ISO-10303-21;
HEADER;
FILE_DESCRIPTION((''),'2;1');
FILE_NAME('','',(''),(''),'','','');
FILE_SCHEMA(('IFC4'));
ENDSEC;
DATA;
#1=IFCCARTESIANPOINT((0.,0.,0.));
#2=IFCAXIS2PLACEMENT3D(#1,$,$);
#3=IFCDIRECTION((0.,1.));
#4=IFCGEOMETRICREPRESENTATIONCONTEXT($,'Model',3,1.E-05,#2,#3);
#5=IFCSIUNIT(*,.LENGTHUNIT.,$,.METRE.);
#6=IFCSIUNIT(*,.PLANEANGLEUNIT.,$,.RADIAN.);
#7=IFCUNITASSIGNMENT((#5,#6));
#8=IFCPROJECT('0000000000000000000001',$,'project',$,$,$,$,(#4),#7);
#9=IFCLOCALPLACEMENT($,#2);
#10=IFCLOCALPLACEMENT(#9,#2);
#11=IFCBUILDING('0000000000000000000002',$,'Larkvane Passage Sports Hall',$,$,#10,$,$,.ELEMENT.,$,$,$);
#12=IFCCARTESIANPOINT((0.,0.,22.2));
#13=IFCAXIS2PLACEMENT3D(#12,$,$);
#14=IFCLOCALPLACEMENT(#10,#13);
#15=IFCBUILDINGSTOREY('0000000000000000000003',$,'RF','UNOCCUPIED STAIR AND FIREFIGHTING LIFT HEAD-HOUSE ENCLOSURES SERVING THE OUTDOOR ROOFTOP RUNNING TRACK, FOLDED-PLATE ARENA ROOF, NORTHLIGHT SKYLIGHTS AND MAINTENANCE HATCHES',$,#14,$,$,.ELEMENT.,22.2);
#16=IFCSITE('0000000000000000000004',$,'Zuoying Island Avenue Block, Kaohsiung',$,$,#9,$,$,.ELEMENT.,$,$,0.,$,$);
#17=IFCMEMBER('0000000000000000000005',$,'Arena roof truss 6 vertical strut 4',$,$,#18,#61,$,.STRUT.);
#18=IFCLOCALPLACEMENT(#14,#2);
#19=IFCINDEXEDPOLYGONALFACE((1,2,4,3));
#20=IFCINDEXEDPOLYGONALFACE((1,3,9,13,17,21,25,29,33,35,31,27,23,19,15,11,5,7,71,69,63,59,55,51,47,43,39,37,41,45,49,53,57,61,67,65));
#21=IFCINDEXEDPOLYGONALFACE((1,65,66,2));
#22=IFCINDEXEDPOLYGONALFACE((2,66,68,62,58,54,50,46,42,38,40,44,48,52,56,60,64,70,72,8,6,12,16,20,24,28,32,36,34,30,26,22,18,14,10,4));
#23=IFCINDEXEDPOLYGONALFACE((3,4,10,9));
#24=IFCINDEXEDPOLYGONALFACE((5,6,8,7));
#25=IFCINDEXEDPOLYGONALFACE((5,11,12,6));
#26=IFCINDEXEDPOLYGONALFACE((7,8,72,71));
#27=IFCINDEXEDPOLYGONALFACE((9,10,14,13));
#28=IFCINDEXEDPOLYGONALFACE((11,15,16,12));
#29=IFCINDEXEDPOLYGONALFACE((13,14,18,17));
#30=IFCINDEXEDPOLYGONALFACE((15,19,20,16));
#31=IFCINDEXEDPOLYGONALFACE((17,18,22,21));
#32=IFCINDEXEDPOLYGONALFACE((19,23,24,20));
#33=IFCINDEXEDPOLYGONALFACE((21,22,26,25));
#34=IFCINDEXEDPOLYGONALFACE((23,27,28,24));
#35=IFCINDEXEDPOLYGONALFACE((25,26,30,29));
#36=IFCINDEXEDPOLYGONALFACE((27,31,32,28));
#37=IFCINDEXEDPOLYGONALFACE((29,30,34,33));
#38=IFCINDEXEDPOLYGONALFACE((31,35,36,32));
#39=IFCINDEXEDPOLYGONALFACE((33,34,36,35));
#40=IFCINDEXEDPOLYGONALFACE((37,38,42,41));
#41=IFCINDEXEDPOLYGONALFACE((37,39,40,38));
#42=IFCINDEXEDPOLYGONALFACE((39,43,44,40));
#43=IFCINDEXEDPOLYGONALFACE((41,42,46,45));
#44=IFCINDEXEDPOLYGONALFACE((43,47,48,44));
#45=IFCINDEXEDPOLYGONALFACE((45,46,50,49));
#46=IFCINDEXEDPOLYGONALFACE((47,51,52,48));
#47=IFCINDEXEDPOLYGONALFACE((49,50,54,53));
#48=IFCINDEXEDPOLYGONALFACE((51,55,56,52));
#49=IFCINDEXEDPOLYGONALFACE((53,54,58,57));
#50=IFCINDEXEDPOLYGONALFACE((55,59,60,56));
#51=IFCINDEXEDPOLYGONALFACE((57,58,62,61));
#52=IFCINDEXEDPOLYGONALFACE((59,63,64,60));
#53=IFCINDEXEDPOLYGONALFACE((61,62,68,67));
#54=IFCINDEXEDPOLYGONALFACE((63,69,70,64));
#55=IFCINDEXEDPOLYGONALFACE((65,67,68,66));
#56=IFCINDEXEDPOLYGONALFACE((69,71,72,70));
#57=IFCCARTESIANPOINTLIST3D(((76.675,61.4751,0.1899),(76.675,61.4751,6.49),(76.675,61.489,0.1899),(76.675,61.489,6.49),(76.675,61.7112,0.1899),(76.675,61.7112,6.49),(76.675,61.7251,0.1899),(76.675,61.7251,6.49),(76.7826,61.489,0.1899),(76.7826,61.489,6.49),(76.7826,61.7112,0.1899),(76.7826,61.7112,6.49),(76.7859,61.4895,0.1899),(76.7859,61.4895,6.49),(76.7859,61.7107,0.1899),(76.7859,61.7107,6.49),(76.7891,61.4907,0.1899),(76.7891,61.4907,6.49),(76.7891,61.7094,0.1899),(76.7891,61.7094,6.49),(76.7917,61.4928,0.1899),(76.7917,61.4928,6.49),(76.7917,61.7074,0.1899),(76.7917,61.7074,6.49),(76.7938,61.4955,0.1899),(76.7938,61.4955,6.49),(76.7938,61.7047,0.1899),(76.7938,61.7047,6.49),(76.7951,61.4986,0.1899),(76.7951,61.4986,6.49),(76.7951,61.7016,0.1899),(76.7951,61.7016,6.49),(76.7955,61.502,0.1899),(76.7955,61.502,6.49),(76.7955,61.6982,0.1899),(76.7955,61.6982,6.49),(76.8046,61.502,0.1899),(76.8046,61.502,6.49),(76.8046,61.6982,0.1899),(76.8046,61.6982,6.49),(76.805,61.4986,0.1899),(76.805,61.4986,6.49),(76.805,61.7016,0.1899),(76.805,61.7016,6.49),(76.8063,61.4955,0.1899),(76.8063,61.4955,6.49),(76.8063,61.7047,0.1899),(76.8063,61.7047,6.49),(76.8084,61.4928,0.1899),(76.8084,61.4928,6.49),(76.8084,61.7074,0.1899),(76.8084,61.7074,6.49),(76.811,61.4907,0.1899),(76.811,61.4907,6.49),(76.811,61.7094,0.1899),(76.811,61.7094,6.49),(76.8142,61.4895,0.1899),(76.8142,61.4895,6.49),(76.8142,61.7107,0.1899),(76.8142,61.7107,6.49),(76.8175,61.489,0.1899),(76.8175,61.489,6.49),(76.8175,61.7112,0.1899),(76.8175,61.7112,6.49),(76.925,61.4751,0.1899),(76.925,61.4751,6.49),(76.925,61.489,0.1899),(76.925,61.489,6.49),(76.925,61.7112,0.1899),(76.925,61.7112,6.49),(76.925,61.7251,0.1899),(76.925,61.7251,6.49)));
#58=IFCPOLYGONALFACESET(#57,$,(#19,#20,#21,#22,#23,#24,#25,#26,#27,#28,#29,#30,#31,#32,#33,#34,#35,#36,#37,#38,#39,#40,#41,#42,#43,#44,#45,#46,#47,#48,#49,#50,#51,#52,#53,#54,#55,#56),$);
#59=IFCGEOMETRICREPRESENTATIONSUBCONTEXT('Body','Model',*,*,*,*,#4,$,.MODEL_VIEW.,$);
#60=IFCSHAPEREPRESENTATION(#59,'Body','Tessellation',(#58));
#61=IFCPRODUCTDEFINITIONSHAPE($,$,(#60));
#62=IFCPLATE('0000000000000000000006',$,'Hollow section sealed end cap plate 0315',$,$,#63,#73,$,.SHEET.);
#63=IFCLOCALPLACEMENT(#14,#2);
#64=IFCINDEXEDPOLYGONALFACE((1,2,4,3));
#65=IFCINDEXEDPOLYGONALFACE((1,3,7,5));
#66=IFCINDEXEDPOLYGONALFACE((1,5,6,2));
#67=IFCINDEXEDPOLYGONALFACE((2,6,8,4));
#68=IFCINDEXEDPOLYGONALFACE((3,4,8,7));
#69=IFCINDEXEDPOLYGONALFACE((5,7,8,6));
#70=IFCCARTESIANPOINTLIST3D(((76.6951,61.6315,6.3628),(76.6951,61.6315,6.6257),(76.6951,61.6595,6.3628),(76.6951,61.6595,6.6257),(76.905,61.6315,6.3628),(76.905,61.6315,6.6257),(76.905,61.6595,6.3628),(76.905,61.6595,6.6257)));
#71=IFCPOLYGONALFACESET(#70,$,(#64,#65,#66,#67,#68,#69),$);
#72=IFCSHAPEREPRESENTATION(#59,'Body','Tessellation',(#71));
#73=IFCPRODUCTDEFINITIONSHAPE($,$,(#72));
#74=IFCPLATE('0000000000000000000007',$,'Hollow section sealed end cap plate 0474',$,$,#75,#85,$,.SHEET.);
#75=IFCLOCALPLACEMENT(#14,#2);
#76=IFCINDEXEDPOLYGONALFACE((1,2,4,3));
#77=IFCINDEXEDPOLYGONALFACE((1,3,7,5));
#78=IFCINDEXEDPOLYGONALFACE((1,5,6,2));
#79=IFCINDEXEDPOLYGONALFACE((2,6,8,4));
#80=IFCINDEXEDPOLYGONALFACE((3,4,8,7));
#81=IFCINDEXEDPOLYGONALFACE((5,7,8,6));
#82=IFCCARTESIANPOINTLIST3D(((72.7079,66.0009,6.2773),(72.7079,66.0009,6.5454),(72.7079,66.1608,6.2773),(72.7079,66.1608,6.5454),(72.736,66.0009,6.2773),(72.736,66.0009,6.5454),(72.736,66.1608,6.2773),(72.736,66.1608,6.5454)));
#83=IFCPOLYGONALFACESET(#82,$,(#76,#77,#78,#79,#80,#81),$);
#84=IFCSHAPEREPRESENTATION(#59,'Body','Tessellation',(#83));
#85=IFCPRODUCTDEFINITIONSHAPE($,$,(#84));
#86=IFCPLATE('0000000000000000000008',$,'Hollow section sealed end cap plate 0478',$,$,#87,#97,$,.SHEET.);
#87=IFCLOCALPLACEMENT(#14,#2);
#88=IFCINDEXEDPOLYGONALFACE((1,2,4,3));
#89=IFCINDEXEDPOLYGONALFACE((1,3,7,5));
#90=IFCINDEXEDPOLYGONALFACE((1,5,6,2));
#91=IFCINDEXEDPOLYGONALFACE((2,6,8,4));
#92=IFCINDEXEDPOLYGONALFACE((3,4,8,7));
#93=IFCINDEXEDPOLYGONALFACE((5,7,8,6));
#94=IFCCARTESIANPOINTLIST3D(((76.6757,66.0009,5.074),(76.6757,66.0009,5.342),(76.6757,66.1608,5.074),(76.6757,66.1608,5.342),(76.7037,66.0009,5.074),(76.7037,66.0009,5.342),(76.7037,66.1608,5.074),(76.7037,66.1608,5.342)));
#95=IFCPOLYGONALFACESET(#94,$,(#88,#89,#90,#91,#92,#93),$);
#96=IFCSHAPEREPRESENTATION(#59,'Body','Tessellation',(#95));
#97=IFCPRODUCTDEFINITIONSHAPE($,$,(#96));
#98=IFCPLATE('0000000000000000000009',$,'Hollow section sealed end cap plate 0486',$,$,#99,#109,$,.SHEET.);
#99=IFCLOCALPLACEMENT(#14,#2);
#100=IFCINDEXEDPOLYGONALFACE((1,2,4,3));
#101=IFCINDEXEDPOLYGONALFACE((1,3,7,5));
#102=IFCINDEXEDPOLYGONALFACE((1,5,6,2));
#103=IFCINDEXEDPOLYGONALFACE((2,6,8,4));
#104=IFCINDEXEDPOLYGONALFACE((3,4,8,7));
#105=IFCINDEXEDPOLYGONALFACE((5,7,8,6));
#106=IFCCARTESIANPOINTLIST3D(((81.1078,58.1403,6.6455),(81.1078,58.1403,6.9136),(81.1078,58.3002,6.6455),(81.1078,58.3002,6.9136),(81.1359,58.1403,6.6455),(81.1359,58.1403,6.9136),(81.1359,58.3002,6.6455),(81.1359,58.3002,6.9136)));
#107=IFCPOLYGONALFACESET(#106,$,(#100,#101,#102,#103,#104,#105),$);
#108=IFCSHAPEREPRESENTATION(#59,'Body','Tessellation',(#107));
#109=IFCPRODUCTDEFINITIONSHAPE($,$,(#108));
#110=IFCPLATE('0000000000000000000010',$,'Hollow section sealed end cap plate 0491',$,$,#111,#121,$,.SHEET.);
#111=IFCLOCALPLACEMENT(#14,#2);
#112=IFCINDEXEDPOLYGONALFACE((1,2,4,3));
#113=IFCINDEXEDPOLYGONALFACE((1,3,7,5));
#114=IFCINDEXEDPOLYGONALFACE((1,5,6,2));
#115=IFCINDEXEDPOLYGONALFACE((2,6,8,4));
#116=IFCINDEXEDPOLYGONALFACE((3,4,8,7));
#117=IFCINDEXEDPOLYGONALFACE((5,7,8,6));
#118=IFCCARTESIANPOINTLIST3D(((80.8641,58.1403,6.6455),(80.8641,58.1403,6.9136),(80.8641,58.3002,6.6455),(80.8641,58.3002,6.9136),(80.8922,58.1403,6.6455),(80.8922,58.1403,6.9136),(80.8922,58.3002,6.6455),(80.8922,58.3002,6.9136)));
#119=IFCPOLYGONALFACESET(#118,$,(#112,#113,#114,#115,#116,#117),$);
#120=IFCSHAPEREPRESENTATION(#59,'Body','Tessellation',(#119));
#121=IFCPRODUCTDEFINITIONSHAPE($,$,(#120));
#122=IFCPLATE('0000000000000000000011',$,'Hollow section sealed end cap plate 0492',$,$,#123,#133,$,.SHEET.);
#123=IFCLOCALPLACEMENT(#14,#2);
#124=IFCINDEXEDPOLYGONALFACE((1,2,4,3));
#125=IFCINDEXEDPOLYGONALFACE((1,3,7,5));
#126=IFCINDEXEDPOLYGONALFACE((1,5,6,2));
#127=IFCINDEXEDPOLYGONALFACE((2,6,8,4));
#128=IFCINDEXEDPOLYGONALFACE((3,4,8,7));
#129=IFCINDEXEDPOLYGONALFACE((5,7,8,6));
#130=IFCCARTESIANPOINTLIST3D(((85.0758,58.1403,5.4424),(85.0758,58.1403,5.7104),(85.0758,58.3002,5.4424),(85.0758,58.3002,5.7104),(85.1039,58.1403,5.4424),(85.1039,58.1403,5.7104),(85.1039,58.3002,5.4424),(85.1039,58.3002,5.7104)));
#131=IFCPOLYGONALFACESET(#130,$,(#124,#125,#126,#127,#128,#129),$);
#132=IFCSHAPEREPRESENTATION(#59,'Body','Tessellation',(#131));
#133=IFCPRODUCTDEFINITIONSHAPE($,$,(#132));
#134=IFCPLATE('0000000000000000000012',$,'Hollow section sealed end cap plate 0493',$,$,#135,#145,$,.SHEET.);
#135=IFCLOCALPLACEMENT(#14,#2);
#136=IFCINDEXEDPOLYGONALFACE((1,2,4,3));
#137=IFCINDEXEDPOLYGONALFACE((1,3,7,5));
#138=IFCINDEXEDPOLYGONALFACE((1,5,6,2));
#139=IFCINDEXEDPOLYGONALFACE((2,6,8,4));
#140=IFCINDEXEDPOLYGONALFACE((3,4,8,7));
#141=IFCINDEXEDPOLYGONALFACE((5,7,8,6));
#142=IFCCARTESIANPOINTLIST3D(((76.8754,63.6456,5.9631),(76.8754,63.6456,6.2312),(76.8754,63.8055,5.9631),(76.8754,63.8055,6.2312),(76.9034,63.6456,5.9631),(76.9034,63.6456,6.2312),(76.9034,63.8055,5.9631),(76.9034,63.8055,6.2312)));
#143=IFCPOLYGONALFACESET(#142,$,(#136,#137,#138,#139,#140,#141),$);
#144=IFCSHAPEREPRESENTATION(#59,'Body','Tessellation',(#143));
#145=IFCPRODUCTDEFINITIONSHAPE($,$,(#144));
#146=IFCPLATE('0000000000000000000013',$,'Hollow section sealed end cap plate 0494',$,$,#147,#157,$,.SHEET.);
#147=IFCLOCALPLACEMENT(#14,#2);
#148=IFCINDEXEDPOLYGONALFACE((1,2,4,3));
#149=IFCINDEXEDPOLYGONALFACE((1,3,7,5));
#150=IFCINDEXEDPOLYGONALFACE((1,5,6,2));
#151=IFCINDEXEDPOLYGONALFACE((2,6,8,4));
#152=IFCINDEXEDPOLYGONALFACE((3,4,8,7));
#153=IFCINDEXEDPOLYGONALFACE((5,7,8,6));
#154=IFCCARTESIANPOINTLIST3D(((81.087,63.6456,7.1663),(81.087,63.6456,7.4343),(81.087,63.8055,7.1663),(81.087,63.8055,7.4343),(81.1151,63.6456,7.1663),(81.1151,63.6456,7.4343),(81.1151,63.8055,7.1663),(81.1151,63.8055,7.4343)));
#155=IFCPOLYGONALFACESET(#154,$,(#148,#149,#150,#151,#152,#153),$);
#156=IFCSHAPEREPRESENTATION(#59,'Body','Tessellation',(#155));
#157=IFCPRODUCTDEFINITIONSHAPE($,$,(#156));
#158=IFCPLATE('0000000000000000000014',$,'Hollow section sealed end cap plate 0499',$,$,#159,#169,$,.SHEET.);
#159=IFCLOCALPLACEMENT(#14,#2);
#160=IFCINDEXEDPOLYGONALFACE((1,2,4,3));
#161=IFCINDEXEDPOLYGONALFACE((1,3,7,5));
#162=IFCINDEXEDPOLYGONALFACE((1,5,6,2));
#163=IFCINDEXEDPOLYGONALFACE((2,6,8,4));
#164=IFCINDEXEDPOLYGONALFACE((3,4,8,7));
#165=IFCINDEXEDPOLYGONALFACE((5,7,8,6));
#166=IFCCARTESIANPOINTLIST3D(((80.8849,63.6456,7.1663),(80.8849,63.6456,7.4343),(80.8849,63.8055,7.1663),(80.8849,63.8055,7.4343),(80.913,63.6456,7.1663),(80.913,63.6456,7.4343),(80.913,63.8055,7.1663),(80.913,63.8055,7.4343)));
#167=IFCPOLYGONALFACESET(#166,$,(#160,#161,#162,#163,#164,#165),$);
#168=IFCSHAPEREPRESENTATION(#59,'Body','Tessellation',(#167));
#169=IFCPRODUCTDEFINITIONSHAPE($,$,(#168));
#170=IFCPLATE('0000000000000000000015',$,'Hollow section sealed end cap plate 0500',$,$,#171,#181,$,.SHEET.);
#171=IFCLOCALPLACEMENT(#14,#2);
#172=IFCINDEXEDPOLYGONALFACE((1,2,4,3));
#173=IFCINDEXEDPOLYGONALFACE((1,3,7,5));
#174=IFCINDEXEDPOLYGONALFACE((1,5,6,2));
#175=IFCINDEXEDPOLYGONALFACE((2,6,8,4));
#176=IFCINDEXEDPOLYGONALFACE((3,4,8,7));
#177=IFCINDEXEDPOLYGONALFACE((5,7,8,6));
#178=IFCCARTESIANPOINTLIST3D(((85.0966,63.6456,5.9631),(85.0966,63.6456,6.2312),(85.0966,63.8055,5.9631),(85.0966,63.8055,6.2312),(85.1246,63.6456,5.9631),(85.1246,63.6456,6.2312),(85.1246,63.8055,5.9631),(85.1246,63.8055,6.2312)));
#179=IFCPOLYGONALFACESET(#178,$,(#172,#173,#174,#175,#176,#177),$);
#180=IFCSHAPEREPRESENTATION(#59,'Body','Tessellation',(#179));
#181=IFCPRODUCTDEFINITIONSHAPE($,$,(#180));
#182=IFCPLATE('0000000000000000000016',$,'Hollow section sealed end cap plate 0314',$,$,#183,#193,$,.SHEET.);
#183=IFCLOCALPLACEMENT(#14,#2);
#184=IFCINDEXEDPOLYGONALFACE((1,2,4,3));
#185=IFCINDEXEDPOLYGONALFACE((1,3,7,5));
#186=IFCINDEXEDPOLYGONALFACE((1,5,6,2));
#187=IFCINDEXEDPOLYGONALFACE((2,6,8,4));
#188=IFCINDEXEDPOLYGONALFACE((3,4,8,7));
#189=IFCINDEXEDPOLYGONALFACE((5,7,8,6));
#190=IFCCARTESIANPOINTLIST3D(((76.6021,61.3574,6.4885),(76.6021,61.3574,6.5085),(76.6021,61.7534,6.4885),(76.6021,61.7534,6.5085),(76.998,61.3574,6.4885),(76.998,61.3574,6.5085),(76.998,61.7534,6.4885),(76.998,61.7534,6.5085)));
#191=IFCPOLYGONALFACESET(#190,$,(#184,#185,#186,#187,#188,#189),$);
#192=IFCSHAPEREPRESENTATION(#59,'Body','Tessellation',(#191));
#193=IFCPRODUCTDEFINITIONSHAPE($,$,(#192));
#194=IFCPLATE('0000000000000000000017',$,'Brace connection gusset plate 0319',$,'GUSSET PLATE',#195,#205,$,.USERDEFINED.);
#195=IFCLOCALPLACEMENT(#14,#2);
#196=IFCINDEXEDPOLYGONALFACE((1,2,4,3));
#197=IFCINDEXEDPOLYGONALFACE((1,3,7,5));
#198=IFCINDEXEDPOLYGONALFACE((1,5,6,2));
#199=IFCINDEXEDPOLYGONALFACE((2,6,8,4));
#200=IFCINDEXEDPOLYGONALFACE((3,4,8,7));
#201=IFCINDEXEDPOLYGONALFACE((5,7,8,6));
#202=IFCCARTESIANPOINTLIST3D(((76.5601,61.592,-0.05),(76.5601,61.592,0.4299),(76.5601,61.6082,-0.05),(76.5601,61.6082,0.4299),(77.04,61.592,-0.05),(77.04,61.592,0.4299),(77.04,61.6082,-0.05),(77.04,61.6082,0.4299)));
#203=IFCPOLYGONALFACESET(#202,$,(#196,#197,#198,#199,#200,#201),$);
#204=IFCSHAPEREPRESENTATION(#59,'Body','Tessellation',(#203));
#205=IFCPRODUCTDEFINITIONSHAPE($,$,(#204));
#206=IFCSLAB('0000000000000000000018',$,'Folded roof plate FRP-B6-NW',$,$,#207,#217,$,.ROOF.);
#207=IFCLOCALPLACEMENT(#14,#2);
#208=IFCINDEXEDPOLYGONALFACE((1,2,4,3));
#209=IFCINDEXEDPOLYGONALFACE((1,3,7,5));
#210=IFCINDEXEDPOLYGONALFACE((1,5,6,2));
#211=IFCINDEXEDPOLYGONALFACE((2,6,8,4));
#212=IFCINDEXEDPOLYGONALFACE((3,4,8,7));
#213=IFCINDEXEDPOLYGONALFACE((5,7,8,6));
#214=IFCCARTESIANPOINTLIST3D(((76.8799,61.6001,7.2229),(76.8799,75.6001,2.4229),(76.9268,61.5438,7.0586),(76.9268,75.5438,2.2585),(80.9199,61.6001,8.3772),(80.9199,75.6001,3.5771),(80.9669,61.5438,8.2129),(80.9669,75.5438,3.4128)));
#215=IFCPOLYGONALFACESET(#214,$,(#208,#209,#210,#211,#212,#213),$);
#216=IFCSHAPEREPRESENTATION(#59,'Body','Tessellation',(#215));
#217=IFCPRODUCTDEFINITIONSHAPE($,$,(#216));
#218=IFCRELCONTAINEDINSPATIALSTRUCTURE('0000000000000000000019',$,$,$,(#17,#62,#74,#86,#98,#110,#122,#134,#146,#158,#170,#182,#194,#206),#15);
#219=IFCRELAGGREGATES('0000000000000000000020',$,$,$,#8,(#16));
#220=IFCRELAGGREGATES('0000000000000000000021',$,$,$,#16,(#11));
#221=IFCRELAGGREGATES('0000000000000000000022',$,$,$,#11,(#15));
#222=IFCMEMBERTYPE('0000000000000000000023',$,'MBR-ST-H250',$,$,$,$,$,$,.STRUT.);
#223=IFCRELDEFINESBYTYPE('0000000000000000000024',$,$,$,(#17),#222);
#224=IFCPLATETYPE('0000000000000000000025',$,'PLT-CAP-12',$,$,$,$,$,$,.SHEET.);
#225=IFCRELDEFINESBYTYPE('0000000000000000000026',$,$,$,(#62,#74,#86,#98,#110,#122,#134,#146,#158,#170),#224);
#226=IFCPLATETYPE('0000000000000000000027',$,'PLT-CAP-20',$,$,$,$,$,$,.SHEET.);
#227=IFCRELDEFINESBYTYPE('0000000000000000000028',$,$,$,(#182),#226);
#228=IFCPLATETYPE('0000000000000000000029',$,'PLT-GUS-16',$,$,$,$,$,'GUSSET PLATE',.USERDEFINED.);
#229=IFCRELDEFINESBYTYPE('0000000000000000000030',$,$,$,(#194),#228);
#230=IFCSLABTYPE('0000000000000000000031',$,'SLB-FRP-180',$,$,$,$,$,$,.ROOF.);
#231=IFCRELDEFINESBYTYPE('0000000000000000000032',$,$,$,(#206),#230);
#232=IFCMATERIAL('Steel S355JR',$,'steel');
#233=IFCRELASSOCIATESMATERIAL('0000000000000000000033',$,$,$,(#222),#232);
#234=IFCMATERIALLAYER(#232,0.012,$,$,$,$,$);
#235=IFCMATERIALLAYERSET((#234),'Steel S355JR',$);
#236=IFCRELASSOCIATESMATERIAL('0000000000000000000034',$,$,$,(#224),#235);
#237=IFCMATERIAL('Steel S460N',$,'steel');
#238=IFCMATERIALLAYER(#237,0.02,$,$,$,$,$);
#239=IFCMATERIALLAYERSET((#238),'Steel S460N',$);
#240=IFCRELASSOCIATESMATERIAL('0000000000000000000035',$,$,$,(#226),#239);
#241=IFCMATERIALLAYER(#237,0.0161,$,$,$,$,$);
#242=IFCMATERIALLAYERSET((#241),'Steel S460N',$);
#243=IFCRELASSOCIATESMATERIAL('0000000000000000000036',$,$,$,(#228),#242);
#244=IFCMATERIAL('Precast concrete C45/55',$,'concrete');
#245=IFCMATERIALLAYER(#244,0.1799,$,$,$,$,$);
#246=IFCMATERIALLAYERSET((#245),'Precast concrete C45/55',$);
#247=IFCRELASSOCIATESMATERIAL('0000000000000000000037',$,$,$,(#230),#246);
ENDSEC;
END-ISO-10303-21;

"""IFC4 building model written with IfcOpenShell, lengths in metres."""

from ifc_helpers import new_model, si_unit, direction, frame, origin, origin_2d, place, context, subcontext, project, spatial, polyline, rectangle, i_section, outline, extrude, material, layer, layer_set, material_profile, profile_set, type_object, element, save


model = new_model("IFC4")

# Units and contexts
model_context = context("Model", 3, precision=1e-05, world=origin(), true_north=direction((0.0, 1.0)))
body_context = subcontext(model_context, "Body", "Model", "MODEL_VIEW")
ifc_project = project(units=[si_unit("LENGTHUNIT", "METRE"), si_unit("PLANEANGLEUNIT", "RADIAN")], contexts=[model_context])

# Site, building, storey
site_placement = place(None, origin())
site = spatial("IfcSite", under=ifc_project, at=site_placement, Name="Zuoying Island Avenue Block, Kaohsiung", CompositionType="ELEMENT", RefElevation=0.0)
building_placement = place(site_placement, origin())
building = spatial("IfcBuilding", under=site, at=building_placement, Name="Larkvane Passage Sports Hall", CompositionType="ELEMENT")
storey_placement = place(building_placement, frame((0.0, 0.0, 22.2)))
storey = spatial("IfcBuildingStorey", under=building, at=storey_placement, Name="RF", Description="UNOCCUPIED STAIR AND FIREFIGHTING LIFT HEAD-HOUSE ENCLOSURES SERVING THE OUTDOOR ROOFTOP RUNNING TRACK, FOLDED-PLATE ARENA ROOF, NORTHLIGHT SKYLIGHTS AND MAINTENANCE HATCHES", CompositionType="ELEMENT", Elevation=22.2)

# Member
ifc_material_1 = material(Name="Steel S355JR", Category="steel")
ifc_material_2 = material(Name="Steel S460N", Category="steel")
ifc_material_profile_1 = material_profile(ifc_material_1, i_section(OverallWidth=0.25, OverallDepth=0.25, WebThickness=0.009, FlangeThickness=0.0139, FilletRadius=0.0129, at=origin_2d()), Name="H-250x250x9x14")
ifc_profile_set_1 = profile_set([ifc_material_profile_1], Name="Steel S355JR")
member_type_1 = type_object("IfcMemberType", Name="MBR-ST-H250", PredefinedType="STRUT", material=ifc_profile_set_1)
member_1_placement = place(storey_placement, frame((76.8, 61.6001, 0.1899), z_axis=(0.0, 0.0, 1.0), x_axis=(1.0, 0.0, 0.0)))
element("IfcMember", 1, at=member_1_placement, inside=storey, type_object=member_type_1, Name="Arena roof truss 6 vertical strut 4", PredefinedType="STRUT", context=body_context, shape_type="SweptSolid", body=[
    extrude(i_section(OverallWidth=0.25, OverallDepth=0.25, WebThickness=0.009, FlangeThickness=0.0139, FilletRadius=0.0129, at=origin_2d()), origin(), (0.0, 0.0, 1.0), 6.3),
])

# Plates
ifc_layer_1 = layer(ifc_material_1, 0.012)
ifc_layer_set_1 = layer_set([ifc_layer_1], Name="Steel S355JR")
plate_type_1 = type_object("IfcPlateType", Name="PLT-CAP-12", PredefinedType="SHEET", material=ifc_layer_set_1)
plate_1_placement = place(storey_placement, frame((76.8, 61.6455, 6.3628), z_axis=(0.0, 0.0, 1.0), x_axis=(-1.0, 0.0, 0.0)))
element("IfcPlate", 2, at=plate_1_placement, inside=storey, type_object=plate_type_1, Name="Hollow section sealed end cap plate 0315", PredefinedType="SHEET", context=body_context, shape_type="SweptSolid", body=[
    extrude(rectangle(XDim=0.21, YDim=0.0281, at=origin_2d()), origin(), (0.0, 0.0, 1.0), 0.2629),
])
for number, where, z_axis, x_axis, name in (
    (3, (72.7219, 66.0808, 6.2773), (0.0, 0.0, 1.0), (0.0, 1.0, 0.0), "Hollow section sealed end cap plate 0474"),
    (4, (76.6897, 66.0808, 5.074), (0.0, 0.0, 1.0), (0.0, 1.0, 0.0), "Hollow section sealed end cap plate 0478"),
    (5, (81.1218, 58.2202, 6.6455), (0.0, 0.0, 1.0), (0.0, 1.0, 0.0), "Hollow section sealed end cap plate 0486"),
    (6, (80.8782, 58.2202, 6.6455), (0.0, 0.0, 1.0), (0.0, 1.0, 0.0), "Hollow section sealed end cap plate 0491"),
    (7, (85.0898, 58.2202, 5.4424), (0.0, 0.0, 1.0), (0.0, 1.0, 0.0), "Hollow section sealed end cap plate 0492"),
    (8, (76.8894, 63.7256, 5.9631), (0.0, 0.0, 1.0), (0.0, 1.0, 0.0), "Hollow section sealed end cap plate 0493"),
    (9, (81.1011, 63.7256, 7.1663), (0.0, 0.0, 1.0), (0.0, 1.0, 0.0), "Hollow section sealed end cap plate 0494"),
    (10, (80.8989, 63.7256, 7.1663), (0.0, 0.0, 1.0), (0.0, 1.0, 0.0), "Hollow section sealed end cap plate 0499"),
    (11, (85.1106, 63.7256, 5.9631), (0.0, 0.0, 1.0), (0.0, 1.0, 0.0), "Hollow section sealed end cap plate 0500"),
):
    element("IfcPlate", number, at=place(storey_placement, frame(where, z_axis=z_axis, x_axis=x_axis)), inside=storey, type_object=plate_type_1, Name=name, PredefinedType="SHEET", context=body_context, shape_type="SweptSolid", body=[
        extrude(rectangle(XDim=0.1599, YDim=0.0281, at=origin_2d()), origin(), (0.0, 0.0, 1.0), 0.2681),
    ])
ifc_layer_2 = layer(ifc_material_2, 0.02)
ifc_layer_set_2 = layer_set([ifc_layer_2], Name="Steel S460N")
plate_type_2 = type_object("IfcPlateType", Name="PLT-CAP-20", PredefinedType="SHEET", material=ifc_layer_set_2)
plate_2_placement = place(storey_placement, frame((76.8, 61.5554, 6.4885), z_axis=(0.0, 0.0, 1.0), x_axis=(1.0, 0.0, 0.0)))
element("IfcPlate", 12, at=plate_2_placement, inside=storey, type_object=plate_type_2, Name="Hollow section sealed end cap plate 0314", PredefinedType="SHEET", context=body_context, shape_type="SweptSolid", body=[
    extrude(rectangle(XDim=0.396, YDim=0.396, at=origin_2d()), origin(), (0.0, 0.0, 1.0), 0.02),
])
ifc_layer_3 = layer(ifc_material_2, 0.0161)
ifc_layer_set_3 = layer_set([ifc_layer_3], Name="Steel S460N")
plate_type_3 = type_object("IfcPlateType", Name="PLT-GUS-16", ElementType="GUSSET PLATE", PredefinedType="USERDEFINED", material=ifc_layer_set_3)
plate_3_placement = place(storey_placement, frame((76.8, 61.6001, -0.05), z_axis=(0.0, 0.0, 1.0), x_axis=(1.0, 0.0, 0.0)))
element("IfcPlate", 13, at=plate_3_placement, inside=storey, type_object=plate_type_3, Name="Brace connection gusset plate 0319", ObjectType="GUSSET PLATE", PredefinedType="USERDEFINED", context=body_context, shape_type="SweptSolid", body=[
    extrude(rectangle(XDim=0.48, YDim=0.0161, at=origin_2d()), origin(), (0.0, 0.0, 1.0), 0.48),
])

# Slab
ifc_material_3 = material(Name="Precast concrete C45/55", Category="concrete")
ifc_layer_4 = layer(ifc_material_3, 0.1799)
ifc_layer_set_4 = layer_set([ifc_layer_4], Name="Precast concrete C45/55")
slab_type_1 = type_object("IfcSlabType", Name="SLB-FRP-180", PredefinedType="ROOF", material=ifc_layer_set_4)
slab_1_placement = place(storey_placement, frame((76.8799, 61.6001, 7.2229), z_axis=(-0.260909, 0.313094, 0.913181), x_axis=(0.961524, 0.0, 0.274721)))
element("IfcSlab", 14, at=slab_1_placement, inside=storey, type_object=slab_type_1, Name="Folded roof plate FRP-B6-NW", PredefinedType="ROOF", context=body_context, shape_type="SweptSolid", body=[
    extrude(outline(polyline([(0.0, 0.0), (4.2017, 0.0), (2.883, 14.7412), (-1.3187, 14.7412), (0.0, 0.0)])), origin(), (0.0, 0.0, -1.0), 0.1799),
])

save(model, "model.ifc")
